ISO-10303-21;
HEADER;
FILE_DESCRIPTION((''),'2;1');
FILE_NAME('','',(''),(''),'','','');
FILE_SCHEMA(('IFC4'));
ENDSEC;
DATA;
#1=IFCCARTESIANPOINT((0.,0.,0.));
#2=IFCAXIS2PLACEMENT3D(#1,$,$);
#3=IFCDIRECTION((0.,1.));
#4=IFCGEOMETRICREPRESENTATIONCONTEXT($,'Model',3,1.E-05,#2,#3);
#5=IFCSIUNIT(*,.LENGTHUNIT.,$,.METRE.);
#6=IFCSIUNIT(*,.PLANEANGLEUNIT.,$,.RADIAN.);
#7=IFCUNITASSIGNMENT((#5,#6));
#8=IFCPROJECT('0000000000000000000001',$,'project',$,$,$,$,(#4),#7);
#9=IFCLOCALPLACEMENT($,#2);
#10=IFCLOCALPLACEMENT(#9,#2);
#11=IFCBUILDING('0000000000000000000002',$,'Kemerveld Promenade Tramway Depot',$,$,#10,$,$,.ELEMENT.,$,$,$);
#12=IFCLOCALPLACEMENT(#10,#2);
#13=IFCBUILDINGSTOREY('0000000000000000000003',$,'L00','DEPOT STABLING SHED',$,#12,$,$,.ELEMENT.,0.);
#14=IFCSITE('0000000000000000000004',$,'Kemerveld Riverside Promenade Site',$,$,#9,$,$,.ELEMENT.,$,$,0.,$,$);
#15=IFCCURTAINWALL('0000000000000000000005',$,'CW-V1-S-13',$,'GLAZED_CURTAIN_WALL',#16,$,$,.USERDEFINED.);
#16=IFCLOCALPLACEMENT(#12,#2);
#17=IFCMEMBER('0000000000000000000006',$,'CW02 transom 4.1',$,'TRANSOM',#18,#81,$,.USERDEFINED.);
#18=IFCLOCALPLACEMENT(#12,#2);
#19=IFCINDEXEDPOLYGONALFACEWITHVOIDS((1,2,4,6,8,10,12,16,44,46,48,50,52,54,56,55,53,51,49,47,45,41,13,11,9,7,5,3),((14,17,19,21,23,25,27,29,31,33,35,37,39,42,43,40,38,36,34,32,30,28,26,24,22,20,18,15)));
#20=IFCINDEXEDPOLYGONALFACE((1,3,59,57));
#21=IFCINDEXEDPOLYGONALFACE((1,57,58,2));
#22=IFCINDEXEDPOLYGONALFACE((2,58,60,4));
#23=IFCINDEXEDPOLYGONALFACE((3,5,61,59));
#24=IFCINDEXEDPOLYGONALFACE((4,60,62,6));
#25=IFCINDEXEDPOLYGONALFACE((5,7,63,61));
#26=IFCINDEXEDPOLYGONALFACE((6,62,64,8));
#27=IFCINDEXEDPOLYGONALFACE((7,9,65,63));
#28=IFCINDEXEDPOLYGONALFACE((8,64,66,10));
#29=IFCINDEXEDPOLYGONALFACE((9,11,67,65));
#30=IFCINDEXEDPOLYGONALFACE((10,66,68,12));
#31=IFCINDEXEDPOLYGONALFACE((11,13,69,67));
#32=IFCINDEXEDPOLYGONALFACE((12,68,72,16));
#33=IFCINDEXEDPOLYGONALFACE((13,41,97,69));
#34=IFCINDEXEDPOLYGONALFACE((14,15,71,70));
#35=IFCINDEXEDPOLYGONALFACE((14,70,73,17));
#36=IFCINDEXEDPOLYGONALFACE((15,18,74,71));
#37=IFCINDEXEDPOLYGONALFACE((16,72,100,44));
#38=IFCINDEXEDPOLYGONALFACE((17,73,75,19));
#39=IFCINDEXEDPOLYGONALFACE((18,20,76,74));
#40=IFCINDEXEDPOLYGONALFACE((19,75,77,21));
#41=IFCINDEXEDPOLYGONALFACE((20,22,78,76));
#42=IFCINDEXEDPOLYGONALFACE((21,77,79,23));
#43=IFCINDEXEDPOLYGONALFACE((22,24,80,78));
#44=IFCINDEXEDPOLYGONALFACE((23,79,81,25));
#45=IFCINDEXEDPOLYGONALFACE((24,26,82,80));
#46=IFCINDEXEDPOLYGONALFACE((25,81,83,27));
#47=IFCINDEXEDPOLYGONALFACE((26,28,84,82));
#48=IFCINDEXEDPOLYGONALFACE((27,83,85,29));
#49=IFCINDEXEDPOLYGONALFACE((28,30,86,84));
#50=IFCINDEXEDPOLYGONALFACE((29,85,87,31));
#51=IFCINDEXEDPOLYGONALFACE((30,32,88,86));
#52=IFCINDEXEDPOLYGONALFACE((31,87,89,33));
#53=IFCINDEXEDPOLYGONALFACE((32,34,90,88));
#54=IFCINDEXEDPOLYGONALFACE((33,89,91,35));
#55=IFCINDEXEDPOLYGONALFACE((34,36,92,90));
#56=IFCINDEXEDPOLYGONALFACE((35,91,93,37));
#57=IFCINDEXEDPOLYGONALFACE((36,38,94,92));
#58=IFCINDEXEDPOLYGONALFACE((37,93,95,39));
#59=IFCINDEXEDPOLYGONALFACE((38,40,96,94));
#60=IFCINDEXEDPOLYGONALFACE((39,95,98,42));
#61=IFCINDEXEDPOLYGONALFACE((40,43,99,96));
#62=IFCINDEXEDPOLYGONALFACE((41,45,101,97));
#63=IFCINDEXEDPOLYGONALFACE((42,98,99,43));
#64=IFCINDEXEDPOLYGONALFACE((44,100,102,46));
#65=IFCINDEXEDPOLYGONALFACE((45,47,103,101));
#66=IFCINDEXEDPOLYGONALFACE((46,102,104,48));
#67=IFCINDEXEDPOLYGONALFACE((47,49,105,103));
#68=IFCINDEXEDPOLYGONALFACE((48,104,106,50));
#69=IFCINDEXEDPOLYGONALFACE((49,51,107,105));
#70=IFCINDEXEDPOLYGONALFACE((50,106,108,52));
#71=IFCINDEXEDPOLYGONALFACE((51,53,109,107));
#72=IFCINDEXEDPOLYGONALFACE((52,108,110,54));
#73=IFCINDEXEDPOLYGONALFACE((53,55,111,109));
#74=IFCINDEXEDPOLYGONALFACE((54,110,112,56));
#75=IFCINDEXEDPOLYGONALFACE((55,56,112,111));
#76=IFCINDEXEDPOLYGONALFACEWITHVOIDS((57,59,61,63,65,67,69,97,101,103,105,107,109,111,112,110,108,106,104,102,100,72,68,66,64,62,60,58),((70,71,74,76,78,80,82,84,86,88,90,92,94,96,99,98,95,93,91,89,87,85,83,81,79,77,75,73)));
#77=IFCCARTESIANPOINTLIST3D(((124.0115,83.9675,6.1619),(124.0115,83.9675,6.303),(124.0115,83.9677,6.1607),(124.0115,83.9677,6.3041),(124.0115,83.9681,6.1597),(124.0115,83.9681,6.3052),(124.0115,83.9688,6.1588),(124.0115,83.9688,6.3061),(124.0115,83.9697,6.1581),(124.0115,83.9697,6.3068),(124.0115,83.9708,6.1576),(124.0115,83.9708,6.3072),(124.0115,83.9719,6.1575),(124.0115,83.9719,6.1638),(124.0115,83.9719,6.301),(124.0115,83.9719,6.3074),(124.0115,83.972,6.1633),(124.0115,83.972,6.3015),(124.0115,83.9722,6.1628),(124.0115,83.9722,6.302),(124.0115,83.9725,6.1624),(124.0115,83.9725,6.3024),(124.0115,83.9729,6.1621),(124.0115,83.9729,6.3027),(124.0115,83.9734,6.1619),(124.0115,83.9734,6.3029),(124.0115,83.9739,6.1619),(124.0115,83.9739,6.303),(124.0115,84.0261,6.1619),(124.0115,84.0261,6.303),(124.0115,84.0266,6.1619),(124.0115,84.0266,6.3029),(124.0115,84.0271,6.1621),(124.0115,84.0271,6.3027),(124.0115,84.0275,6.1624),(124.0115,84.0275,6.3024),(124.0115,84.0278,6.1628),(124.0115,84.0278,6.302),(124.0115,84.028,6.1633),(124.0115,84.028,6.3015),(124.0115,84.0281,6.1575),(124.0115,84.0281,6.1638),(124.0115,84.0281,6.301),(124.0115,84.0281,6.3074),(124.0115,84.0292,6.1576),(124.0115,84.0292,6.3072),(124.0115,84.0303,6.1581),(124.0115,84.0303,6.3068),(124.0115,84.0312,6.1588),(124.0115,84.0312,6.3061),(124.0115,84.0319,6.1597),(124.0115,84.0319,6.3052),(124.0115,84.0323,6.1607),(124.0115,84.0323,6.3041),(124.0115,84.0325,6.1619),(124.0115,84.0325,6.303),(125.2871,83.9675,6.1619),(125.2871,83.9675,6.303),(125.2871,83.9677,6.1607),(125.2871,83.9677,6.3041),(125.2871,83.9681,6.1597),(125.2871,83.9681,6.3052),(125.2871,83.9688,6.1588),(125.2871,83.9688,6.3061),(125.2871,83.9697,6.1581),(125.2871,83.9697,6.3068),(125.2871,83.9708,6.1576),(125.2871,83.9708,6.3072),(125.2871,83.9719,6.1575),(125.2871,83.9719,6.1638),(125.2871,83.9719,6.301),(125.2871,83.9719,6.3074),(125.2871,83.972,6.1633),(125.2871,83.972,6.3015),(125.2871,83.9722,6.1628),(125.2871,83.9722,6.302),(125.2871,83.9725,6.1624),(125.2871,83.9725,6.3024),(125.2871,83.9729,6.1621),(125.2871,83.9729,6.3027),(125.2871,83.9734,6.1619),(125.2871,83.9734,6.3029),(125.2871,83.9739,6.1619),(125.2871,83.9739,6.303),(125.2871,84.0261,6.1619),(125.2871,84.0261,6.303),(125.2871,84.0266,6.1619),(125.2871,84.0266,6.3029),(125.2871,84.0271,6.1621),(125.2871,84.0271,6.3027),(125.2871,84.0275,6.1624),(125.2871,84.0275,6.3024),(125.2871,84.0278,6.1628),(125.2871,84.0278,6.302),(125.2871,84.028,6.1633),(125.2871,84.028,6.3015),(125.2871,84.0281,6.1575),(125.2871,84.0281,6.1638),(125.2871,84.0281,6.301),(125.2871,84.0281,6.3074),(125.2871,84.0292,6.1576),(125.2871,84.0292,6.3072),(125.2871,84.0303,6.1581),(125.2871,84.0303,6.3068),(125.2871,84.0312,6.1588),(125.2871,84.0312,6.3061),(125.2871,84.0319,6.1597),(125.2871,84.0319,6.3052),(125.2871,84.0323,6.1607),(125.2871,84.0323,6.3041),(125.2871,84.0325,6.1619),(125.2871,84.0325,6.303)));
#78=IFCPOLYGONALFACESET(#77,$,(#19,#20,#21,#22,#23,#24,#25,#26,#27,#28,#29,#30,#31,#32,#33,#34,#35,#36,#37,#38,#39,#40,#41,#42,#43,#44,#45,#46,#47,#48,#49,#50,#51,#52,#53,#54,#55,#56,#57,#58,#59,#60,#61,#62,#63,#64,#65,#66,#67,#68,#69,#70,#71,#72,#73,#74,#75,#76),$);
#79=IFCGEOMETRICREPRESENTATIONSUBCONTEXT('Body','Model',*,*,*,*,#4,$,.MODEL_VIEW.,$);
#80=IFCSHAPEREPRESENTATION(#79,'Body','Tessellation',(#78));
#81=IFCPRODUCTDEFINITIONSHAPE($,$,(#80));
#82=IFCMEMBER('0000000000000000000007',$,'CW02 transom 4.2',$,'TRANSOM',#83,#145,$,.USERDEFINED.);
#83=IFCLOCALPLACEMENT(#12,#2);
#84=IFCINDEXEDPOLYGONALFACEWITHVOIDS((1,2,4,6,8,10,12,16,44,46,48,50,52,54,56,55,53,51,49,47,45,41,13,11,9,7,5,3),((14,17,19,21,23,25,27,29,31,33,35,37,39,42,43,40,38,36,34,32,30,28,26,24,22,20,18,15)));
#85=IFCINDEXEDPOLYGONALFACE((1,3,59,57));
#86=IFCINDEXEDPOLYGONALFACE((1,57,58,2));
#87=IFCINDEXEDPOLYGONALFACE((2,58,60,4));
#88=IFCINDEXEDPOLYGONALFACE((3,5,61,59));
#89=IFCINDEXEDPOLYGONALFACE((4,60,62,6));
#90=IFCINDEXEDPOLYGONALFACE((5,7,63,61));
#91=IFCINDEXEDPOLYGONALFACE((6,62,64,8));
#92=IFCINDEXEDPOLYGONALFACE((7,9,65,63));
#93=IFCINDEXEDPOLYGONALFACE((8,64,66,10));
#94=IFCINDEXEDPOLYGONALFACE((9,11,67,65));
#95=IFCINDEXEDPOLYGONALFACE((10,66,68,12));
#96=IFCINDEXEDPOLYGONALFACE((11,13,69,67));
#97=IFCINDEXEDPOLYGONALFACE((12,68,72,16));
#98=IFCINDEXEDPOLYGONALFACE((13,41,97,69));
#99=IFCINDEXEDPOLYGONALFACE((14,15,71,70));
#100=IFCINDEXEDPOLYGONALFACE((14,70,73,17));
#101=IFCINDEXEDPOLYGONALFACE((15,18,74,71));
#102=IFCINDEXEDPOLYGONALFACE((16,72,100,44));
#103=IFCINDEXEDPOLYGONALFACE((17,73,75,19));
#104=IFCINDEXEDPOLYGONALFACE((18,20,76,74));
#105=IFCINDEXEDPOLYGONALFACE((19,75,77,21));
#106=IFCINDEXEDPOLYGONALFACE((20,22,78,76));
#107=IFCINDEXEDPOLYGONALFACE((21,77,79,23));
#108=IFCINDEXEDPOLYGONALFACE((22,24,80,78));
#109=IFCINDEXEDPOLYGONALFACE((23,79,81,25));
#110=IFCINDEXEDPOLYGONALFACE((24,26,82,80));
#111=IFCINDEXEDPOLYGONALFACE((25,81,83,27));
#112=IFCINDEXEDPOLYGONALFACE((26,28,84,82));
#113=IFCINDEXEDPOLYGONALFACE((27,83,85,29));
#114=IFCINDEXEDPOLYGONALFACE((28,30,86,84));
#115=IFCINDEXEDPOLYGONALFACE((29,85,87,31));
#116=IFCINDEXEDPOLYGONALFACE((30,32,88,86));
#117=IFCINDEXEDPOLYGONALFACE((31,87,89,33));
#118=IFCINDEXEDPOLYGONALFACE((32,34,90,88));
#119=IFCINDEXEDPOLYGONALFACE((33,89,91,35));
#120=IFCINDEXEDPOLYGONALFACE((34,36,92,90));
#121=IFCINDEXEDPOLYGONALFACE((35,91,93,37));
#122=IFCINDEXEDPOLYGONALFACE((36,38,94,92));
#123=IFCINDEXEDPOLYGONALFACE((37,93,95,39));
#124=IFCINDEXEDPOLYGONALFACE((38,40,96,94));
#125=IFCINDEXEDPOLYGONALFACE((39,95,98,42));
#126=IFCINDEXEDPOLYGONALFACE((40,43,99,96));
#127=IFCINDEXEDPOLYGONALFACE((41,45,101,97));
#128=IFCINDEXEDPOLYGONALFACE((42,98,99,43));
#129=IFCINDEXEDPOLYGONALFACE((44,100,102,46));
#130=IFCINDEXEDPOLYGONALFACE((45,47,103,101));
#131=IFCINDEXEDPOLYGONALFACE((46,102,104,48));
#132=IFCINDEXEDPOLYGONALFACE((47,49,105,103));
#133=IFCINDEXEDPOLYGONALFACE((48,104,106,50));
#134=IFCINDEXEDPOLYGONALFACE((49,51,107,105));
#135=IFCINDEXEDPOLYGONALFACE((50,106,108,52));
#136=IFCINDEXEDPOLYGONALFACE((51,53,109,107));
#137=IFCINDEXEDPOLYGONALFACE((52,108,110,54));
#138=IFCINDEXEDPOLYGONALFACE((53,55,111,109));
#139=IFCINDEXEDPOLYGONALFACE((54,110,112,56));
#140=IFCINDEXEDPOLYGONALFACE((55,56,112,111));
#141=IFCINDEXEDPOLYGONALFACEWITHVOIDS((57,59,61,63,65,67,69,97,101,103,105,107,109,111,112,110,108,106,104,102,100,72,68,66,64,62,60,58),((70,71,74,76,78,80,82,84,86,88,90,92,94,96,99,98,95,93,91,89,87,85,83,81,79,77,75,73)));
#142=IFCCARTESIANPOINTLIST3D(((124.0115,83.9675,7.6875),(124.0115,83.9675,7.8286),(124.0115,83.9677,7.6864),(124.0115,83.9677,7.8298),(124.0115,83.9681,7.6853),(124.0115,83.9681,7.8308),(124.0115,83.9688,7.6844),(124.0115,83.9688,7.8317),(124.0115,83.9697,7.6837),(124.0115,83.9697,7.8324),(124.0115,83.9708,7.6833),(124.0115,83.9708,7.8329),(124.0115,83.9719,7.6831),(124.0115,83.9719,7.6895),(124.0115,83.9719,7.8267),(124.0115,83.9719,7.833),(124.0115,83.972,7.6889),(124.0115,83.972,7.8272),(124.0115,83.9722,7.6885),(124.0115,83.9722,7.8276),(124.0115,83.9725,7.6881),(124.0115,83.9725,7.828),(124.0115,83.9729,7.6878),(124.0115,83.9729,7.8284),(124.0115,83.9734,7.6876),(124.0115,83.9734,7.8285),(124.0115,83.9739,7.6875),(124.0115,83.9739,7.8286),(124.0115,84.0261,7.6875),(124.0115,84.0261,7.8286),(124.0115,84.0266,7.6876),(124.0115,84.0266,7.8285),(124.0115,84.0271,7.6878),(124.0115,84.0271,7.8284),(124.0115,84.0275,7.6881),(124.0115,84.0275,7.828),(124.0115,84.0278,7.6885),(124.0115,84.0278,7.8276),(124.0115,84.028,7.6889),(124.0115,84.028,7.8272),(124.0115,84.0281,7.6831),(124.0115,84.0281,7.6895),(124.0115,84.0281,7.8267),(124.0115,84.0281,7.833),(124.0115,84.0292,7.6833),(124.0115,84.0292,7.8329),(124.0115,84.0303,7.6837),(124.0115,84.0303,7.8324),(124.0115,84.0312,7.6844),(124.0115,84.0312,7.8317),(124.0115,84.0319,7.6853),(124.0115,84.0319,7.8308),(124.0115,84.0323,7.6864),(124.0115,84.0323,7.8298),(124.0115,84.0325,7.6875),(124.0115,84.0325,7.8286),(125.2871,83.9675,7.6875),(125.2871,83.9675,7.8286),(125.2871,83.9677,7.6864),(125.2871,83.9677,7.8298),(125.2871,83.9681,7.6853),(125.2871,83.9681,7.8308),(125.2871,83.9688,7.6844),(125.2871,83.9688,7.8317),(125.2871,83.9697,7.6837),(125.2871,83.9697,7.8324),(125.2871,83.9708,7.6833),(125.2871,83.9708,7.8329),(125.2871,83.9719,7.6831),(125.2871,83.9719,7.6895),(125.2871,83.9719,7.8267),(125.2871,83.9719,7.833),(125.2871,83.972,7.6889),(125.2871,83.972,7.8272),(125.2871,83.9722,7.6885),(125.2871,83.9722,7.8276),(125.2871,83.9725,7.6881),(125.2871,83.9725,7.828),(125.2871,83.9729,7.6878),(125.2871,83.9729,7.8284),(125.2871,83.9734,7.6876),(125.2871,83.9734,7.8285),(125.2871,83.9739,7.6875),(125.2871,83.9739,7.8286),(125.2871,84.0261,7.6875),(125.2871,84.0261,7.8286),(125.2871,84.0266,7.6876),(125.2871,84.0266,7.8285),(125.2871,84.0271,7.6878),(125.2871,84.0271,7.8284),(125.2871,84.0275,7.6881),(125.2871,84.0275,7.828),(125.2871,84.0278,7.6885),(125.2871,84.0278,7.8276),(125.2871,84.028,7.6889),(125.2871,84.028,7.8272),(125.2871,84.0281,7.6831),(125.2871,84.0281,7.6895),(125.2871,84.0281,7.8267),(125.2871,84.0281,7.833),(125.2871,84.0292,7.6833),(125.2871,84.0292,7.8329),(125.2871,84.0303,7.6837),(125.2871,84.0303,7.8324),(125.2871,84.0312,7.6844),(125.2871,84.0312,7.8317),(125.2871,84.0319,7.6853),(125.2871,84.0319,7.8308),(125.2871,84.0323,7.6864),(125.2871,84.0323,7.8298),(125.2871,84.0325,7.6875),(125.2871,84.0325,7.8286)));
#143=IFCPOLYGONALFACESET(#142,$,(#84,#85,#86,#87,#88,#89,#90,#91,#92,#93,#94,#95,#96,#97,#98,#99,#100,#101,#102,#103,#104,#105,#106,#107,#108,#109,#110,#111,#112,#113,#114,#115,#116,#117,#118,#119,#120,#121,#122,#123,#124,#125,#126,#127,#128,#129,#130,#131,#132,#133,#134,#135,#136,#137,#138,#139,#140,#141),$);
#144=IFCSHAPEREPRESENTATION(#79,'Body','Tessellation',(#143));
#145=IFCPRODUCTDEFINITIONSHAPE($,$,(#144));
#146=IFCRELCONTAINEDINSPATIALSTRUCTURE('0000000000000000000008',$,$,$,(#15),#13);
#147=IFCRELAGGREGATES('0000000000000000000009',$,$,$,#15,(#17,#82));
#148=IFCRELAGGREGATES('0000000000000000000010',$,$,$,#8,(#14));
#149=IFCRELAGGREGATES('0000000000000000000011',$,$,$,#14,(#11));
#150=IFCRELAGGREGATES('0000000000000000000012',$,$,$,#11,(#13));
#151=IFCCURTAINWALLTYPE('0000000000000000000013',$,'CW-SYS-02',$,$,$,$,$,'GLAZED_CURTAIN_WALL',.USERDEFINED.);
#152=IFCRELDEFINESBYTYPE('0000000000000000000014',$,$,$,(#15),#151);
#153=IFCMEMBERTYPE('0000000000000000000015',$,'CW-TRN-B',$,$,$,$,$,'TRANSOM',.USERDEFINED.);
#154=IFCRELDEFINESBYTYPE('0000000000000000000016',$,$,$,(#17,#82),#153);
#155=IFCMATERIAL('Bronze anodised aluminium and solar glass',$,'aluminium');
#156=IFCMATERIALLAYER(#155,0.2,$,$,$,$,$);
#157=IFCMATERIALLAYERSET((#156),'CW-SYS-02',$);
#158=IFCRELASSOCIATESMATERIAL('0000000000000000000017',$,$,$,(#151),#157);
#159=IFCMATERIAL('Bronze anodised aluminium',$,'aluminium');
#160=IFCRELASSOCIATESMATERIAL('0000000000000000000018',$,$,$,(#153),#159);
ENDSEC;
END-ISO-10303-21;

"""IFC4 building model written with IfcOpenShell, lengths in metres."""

from ifc_helpers import new_model, si_unit, direction, frame, origin, origin_2d, place, context, subcontext, project, spatial, hollow_rectangle, extrude, material, layer, layer_set, material_profile, profile_set, type_object, element, aggregate, save


model = new_model("IFC4")

# Units and contexts
model_context = context("Model", 3, precision=1e-05, world=origin(), true_north=direction((0.0, 1.0)))
body_context = subcontext(model_context, "Body", "Model", "MODEL_VIEW")
ifc_project = project(units=[si_unit("LENGTHUNIT", "METRE"), si_unit("PLANEANGLEUNIT", "RADIAN")], contexts=[model_context])

# Site, building, storey
site_placement = place(None, origin())
site = spatial("IfcSite", under=ifc_project, at=site_placement, Name="Kemerveld Riverside Promenade Site", CompositionType="ELEMENT", RefElevation=0.0)
building_placement = place(site_placement, origin())
building = spatial("IfcBuilding", under=site, at=building_placement, Name="Kemerveld Promenade Tramway Depot", CompositionType="ELEMENT")
storey_placement = place(building_placement, origin())
storey = spatial("IfcBuildingStorey", under=building, at=storey_placement, Name="L00", Description="DEPOT STABLING SHED", CompositionType="ELEMENT", Elevation=0.0)

# Shared definitions
ifc_material_1 = material(Name="Bronze anodised aluminium and solar glass", Category="aluminium")
ifc_material_2 = material(Name="Bronze anodised aluminium", Category="aluminium")

# Curtain wall
ifc_layer_1 = layer(ifc_material_1, 0.2)
ifc_layer_set_1 = layer_set([ifc_layer_1], Name="CW-SYS-02")
curtain_wall_type_1 = type_object("IfcCurtainWallType", Name="CW-SYS-02", ElementType="GLAZED_CURTAIN_WALL", PredefinedType="USERDEFINED", material=ifc_layer_set_1)
curtain_wall_1_placement = place(storey_placement, origin())
curtain_wall_1 = element("IfcCurtainWall", 1, at=curtain_wall_1_placement, inside=storey, type_object=curtain_wall_type_1, Name="CW-V1-S-13", ObjectType="GLAZED_CURTAIN_WALL", PredefinedType="USERDEFINED")

# Members
ifc_material_profile_1 = material_profile(ifc_material_2, hollow_rectangle(XDim=0.0649, YDim=0.1499, WallThickness=0.0044, InnerFilletRadius=0.002, OuterFilletRadius=0.0044, at=origin_2d()), Name="CW-TRN-150x65")
ifc_profile_set_1 = profile_set([ifc_material_profile_1], Name="Bronze anodised aluminium")
member_type_1 = type_object("IfcMemberType", Name="CW-TRN-B", ElementType="TRANSOM", PredefinedType="USERDEFINED", material=ifc_profile_set_1)
member_1_placement = place(storey_placement, frame((125.2871, 84.0, 6.2324), z_axis=(-1.0, 0.0, 0.0), x_axis=(0.0, -1.0, 0.0)))
member_1 = element("IfcMember", 2, at=member_1_placement, type_object=member_type_1, Name="CW02 transom 4.1", ObjectType="TRANSOM", PredefinedType="USERDEFINED", context=body_context, shape_type="SweptSolid", body=[
    extrude(hollow_rectangle(XDim=0.0649, YDim=0.1499, WallThickness=0.0044, InnerFilletRadius=0.002, OuterFilletRadius=0.0044, at=origin_2d()), origin(), (0.0, 0.0, 1.0), 1.2756),
])
member_2_placement = place(storey_placement, frame((125.2871, 84.0, 7.7581), z_axis=(-1.0, 0.0, 0.0), x_axis=(0.0, -1.0, 0.0)))
member_2 = element("IfcMember", 3, at=member_2_placement, type_object=member_type_1, Name="CW02 transom 4.2", ObjectType="TRANSOM", PredefinedType="USERDEFINED", context=body_context, shape_type="SweptSolid", body=[
    extrude(hollow_rectangle(XDim=0.0649, YDim=0.1499, WallThickness=0.0044, InnerFilletRadius=0.002, OuterFilletRadius=0.0044, at=origin_2d()), origin(), (0.0, 0.0, 1.0), 1.2756),
])

aggregate(curtain_wall_1, [member_1, member_2])

save(model, "model.ifc")
